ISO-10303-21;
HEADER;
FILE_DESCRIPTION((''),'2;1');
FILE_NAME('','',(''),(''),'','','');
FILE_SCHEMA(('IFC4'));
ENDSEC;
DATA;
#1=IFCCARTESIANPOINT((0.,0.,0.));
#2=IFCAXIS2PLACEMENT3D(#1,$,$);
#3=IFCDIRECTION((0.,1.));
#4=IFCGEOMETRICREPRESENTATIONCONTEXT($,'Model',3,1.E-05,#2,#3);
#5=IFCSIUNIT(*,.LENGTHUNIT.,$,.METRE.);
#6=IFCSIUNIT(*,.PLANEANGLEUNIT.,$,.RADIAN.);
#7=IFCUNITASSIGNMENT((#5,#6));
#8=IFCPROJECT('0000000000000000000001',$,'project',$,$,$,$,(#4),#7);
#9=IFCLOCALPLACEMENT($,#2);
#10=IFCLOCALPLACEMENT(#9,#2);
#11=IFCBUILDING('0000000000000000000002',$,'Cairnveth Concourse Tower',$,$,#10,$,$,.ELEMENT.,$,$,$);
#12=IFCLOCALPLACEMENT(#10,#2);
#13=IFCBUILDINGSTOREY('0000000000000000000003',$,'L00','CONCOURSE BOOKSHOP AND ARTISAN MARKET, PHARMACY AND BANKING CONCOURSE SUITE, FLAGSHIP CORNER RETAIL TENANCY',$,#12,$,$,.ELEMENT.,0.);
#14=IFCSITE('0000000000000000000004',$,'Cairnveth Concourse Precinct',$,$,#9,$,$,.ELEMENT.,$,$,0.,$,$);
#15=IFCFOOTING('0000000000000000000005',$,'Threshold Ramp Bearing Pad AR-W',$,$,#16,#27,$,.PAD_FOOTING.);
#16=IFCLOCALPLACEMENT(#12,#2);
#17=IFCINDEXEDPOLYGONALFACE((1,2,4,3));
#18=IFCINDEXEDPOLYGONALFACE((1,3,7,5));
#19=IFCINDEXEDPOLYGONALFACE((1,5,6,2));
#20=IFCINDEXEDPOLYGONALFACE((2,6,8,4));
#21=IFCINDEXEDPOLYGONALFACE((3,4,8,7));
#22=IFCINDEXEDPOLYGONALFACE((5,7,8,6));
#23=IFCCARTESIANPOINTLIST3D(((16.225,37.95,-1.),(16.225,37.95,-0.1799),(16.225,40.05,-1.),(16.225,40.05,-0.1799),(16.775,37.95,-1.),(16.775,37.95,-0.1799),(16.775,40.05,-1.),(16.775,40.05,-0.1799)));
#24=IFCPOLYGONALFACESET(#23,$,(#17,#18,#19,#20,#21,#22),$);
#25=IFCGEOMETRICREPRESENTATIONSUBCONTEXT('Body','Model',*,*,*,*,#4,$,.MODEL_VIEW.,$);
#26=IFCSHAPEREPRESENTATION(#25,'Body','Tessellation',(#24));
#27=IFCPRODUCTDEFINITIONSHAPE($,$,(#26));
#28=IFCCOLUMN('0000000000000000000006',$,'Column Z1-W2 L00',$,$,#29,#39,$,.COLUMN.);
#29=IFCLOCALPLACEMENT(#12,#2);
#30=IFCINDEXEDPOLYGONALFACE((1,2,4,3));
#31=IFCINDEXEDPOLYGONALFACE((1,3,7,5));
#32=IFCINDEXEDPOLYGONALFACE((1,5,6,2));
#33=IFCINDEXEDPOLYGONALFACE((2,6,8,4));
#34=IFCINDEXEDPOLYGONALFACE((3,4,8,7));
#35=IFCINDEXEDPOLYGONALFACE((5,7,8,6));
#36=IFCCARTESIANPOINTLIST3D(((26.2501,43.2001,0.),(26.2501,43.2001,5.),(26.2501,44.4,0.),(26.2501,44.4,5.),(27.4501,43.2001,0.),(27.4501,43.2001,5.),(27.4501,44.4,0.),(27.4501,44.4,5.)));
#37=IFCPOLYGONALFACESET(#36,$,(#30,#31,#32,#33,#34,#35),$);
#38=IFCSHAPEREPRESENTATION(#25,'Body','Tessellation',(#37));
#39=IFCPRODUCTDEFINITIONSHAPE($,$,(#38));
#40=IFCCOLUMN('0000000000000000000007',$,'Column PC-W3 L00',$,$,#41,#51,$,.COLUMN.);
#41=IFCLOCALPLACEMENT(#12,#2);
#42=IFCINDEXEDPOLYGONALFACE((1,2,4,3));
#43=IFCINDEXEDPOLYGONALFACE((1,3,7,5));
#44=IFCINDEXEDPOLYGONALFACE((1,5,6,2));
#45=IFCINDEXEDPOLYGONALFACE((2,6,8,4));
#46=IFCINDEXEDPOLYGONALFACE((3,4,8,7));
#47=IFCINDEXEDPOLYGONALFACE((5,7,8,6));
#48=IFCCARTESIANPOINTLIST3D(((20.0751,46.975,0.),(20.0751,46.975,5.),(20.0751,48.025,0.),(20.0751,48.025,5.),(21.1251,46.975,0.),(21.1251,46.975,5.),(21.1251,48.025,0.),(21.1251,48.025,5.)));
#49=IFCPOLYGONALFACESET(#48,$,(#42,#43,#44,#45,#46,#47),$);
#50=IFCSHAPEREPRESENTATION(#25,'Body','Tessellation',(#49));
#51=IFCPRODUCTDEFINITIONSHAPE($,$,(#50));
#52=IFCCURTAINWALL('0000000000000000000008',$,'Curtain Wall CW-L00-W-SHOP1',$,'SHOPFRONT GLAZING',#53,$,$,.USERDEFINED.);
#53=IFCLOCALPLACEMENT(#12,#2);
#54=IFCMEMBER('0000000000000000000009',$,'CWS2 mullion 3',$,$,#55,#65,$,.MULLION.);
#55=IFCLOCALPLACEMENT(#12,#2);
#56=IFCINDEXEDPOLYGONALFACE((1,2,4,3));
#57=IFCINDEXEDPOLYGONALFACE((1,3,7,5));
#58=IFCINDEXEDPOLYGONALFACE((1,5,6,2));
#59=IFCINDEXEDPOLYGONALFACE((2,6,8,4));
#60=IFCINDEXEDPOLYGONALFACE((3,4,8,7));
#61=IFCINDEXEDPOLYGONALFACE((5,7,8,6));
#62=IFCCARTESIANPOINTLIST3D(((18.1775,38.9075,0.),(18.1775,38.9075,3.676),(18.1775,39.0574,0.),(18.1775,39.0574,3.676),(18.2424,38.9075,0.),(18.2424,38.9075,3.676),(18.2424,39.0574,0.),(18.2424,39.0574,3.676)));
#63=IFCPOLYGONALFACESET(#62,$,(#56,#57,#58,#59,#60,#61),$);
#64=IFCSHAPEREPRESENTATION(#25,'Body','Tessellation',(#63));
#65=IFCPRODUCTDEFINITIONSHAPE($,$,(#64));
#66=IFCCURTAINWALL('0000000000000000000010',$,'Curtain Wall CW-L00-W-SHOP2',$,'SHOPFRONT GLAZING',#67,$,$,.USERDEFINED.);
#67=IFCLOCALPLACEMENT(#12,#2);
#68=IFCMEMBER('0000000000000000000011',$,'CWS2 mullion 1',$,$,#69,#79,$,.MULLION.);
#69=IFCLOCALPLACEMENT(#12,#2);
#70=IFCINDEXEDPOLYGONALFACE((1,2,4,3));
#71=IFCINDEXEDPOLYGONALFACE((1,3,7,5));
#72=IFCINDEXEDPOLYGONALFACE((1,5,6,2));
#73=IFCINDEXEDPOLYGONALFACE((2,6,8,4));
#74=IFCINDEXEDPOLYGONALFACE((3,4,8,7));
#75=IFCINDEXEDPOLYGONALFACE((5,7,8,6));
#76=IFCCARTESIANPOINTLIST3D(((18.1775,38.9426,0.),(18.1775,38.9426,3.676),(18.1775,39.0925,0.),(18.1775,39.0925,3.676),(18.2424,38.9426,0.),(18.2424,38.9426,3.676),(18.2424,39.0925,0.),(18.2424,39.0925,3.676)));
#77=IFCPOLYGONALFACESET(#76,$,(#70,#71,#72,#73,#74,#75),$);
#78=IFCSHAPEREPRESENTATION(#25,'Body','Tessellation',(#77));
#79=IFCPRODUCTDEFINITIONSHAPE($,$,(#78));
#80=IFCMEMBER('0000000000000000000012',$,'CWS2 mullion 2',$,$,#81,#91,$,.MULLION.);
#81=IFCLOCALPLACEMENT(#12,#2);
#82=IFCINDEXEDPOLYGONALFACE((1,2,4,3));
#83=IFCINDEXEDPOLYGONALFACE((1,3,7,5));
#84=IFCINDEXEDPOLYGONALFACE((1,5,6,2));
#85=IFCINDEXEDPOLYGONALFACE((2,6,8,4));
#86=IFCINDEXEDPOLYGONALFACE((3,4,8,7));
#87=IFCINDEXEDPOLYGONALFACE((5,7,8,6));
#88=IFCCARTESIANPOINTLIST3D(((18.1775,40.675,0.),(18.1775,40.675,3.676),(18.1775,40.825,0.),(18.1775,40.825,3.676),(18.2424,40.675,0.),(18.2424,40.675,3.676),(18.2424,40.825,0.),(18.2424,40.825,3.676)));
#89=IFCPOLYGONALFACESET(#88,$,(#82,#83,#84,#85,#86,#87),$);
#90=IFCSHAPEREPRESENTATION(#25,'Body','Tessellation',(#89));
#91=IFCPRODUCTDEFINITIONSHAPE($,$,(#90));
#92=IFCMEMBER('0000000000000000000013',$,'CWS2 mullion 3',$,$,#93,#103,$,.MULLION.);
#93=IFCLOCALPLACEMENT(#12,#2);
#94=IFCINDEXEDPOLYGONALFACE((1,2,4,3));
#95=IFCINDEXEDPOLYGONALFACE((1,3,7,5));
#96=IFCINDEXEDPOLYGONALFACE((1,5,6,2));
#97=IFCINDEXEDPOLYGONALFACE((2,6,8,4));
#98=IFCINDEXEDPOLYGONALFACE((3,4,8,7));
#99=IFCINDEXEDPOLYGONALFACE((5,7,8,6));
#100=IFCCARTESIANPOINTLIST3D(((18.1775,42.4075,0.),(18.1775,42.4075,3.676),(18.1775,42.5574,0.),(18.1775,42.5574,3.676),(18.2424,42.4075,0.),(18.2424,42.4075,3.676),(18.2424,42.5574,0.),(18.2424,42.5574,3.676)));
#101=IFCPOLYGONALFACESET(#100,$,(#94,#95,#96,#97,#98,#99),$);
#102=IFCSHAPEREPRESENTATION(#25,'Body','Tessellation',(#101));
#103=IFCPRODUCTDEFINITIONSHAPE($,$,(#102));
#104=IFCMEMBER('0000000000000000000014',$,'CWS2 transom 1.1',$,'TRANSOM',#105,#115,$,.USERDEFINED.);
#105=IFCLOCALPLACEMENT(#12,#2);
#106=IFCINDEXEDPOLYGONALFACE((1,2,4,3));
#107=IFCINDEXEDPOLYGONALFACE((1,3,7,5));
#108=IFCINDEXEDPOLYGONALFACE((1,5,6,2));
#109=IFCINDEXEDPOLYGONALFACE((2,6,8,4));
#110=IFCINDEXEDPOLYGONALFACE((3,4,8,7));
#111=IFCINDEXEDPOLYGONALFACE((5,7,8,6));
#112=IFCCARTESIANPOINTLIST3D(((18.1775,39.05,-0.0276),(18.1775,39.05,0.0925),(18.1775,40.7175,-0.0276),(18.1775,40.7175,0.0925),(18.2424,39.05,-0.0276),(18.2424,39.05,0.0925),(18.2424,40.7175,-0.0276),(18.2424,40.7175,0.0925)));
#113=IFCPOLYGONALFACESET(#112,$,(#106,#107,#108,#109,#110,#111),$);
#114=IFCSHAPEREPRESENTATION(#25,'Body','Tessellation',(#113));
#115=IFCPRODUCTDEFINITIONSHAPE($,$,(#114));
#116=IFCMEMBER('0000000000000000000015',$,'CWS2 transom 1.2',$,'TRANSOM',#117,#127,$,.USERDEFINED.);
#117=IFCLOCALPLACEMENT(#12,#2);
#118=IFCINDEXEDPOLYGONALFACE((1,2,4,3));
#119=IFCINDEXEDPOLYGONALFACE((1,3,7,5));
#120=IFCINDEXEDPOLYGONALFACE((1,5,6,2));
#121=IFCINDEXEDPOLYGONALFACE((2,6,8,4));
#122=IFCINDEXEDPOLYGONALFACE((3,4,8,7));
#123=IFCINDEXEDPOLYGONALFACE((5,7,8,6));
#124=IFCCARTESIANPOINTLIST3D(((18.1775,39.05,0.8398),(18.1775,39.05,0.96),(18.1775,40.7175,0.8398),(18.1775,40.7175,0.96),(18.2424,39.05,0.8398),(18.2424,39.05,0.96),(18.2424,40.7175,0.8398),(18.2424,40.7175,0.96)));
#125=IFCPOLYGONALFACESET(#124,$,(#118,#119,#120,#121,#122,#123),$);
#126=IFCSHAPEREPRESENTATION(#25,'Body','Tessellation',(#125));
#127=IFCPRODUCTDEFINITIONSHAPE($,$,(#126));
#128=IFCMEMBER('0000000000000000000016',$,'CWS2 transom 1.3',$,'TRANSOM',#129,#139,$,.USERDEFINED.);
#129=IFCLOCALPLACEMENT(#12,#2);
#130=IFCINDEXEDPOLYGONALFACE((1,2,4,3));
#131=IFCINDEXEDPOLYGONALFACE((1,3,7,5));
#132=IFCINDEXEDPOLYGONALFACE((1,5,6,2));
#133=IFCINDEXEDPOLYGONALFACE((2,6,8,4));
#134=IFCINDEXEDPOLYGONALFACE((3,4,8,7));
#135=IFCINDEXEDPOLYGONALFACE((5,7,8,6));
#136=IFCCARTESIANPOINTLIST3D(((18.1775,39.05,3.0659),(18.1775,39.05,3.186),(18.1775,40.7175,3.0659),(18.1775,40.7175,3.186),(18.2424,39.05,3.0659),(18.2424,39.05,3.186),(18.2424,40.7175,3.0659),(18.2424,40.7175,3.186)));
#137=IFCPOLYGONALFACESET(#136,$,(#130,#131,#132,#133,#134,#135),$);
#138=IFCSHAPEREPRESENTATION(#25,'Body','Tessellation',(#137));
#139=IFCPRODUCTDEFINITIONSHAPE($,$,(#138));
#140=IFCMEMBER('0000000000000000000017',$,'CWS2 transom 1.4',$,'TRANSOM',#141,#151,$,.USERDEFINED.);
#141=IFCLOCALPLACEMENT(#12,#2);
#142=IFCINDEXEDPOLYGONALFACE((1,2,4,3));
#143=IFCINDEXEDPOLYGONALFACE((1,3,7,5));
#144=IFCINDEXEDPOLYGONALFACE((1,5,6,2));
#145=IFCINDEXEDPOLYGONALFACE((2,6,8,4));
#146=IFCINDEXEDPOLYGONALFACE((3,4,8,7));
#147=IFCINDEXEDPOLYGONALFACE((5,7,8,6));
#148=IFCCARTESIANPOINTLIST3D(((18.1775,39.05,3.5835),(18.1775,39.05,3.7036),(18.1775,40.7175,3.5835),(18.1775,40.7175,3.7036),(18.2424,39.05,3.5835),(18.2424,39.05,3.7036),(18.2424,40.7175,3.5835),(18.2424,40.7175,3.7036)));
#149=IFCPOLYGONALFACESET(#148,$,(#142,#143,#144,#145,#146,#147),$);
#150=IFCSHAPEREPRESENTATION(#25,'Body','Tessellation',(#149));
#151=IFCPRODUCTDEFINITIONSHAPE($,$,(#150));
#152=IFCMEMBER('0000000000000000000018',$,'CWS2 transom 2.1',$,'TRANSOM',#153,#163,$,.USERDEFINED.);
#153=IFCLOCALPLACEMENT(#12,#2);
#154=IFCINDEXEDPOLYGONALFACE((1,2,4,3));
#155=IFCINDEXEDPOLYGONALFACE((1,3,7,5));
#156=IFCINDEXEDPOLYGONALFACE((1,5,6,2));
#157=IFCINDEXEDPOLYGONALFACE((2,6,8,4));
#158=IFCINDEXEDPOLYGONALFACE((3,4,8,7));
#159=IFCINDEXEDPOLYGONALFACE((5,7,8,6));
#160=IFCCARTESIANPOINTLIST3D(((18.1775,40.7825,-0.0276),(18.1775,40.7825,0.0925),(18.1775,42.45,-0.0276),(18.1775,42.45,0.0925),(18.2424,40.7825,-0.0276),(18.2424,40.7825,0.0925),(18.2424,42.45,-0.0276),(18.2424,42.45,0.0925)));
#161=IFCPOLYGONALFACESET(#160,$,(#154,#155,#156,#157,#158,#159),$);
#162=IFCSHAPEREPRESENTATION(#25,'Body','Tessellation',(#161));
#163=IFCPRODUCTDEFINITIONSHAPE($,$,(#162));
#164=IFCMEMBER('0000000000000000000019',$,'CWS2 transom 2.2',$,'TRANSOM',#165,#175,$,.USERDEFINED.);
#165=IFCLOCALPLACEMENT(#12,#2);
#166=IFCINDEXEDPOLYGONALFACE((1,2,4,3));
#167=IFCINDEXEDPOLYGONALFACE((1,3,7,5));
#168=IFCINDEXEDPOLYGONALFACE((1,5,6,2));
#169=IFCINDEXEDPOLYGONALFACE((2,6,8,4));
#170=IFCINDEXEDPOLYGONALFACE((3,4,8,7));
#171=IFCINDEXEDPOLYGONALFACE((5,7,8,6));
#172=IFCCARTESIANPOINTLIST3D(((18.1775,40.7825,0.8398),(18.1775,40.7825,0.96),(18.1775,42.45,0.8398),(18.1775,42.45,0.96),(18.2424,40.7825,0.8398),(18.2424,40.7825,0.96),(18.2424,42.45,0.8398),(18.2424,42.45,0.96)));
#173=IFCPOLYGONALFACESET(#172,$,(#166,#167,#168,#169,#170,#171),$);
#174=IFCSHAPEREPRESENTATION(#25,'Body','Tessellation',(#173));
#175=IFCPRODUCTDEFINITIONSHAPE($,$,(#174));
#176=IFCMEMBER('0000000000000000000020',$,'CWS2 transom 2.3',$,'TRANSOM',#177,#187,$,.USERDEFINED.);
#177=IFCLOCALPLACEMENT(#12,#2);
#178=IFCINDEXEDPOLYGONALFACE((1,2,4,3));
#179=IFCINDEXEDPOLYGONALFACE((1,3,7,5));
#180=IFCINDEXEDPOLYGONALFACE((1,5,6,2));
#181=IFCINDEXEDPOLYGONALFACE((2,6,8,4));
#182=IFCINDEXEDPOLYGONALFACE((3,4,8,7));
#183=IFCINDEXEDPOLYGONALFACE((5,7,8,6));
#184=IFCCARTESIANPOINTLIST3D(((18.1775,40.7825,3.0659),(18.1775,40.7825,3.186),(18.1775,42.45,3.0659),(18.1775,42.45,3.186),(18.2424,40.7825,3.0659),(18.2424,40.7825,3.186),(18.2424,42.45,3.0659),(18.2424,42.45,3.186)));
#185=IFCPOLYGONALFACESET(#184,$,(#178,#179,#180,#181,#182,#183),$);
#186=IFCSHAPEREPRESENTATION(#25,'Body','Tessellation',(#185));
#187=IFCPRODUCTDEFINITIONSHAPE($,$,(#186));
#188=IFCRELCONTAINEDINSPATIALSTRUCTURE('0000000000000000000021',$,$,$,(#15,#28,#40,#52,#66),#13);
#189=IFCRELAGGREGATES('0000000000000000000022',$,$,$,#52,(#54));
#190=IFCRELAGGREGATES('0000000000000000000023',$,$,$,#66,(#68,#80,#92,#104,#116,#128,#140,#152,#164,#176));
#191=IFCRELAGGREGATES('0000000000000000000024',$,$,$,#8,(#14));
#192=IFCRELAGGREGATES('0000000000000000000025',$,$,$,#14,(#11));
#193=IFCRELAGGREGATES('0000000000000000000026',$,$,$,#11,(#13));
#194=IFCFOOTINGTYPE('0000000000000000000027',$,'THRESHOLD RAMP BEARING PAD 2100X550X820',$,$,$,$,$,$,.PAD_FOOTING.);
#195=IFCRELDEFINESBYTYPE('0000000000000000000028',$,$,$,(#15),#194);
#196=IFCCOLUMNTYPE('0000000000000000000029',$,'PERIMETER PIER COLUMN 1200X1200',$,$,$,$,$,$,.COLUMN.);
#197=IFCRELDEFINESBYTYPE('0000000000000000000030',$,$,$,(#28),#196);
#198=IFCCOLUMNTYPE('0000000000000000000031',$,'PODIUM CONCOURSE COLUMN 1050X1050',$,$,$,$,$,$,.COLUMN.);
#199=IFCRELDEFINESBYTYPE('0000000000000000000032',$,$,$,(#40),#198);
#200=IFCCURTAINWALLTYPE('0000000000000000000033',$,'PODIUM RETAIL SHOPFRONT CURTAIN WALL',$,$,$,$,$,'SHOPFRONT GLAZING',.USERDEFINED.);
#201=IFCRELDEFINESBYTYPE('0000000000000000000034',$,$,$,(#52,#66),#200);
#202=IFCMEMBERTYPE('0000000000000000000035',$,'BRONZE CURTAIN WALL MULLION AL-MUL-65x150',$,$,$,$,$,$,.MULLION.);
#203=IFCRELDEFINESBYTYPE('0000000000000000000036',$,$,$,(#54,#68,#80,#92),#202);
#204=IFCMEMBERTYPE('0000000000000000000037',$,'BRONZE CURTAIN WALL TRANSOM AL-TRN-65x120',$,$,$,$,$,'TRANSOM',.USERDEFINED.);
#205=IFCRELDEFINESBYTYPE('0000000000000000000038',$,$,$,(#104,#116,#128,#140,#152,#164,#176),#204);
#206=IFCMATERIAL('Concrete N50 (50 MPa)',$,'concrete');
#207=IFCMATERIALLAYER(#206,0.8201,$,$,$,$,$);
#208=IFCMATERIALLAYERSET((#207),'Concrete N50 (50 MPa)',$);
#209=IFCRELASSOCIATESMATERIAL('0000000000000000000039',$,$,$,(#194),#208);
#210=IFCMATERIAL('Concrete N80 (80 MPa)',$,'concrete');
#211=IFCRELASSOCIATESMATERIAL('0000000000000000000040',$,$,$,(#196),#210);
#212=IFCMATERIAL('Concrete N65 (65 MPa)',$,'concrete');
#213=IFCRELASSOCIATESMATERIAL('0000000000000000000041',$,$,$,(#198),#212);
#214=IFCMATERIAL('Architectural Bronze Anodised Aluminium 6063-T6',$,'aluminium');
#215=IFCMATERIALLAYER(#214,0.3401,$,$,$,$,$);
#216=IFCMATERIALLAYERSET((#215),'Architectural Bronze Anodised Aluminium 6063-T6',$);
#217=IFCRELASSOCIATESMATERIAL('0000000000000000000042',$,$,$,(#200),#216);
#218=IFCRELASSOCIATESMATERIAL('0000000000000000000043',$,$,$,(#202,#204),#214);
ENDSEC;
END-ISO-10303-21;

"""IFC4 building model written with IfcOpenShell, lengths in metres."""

from ifc_helpers import new_model, si_unit, direction, frame, origin, origin_2d, place, context, subcontext, project, spatial, rectangle, extrude, material, layer, layer_set, material_profile, profile_set, type_object, element, aggregate, save


model = new_model("IFC4")

# Units and contexts
model_context = context("Model", 3, precision=1e-05, world=origin(), true_north=direction((0.0, 1.0)))
body_context = subcontext(model_context, "Body", "Model", "MODEL_VIEW")
ifc_project = project(units=[si_unit("LENGTHUNIT", "METRE"), si_unit("PLANEANGLEUNIT", "RADIAN")], contexts=[model_context])

# Site, building, storey
site_placement = place(None, origin())
site = spatial("IfcSite", under=ifc_project, at=site_placement, Name="Cairnveth Concourse Precinct", CompositionType="ELEMENT", RefElevation=0.0)
building_placement = place(site_placement, origin())
building = spatial("IfcBuilding", under=site, at=building_placement, Name="Cairnveth Concourse Tower", CompositionType="ELEMENT")
storey_placement = place(building_placement, origin())
storey = spatial("IfcBuildingStorey", under=building, at=storey_placement, Name="L00", Description="CONCOURSE BOOKSHOP AND ARTISAN MARKET, PHARMACY AND BANKING CONCOURSE SUITE, FLAGSHIP CORNER RETAIL TENANCY", CompositionType="ELEMENT", Elevation=0.0)

# Footing
ifc_material_1 = material(Name="Concrete N50 (50 MPa)", Category="concrete")
ifc_layer_1 = layer(ifc_material_1, 0.8201)
ifc_layer_set_1 = layer_set([ifc_layer_1], Name="Concrete N50 (50 MPa)")
footing_type = type_object("IfcFootingType", Name="THRESHOLD RAMP BEARING PAD 2100X550X820", PredefinedType="PAD_FOOTING", material=ifc_layer_set_1)
footing_placement = place(storey_placement, frame((16.5, 39.0, -1.0), z_axis=(0.0, 0.0, 1.0), x_axis=(1.0, 0.0, 0.0)))
element("IfcFooting", 1, at=footing_placement, inside=storey, type_object=footing_type, Name="Threshold Ramp Bearing Pad AR-W", PredefinedType="PAD_FOOTING", context=body_context, shape_type="SweptSolid", body=[
    extrude(rectangle(XDim=0.55, YDim=2.1001, at=origin_2d()), origin(), (0.0, 0.0, 1.0), 0.8201),
])

# Columns
ifc_material_2 = material(Name="Concrete N80 (80 MPa)", Category="concrete")
ifc_material_profile_1 = material_profile(ifc_material_2, rectangle(XDim=1.2, YDim=1.2, at=origin_2d()), Name="RC-COL-1200x1200")
ifc_profile_set_1 = profile_set([ifc_material_profile_1], Name="Concrete N80 (80 MPa)")
column_type_1 = type_object("IfcColumnType", Name="PERIMETER PIER COLUMN 1200X1200", PredefinedType="COLUMN", material=ifc_profile_set_1)
column_1_placement = place(storey_placement, frame((26.8501, 43.8, 0.0), z_axis=(0.0, 0.0, 1.0), x_axis=(1.0, 0.0, 0.0)))
element("IfcColumn", 2, at=column_1_placement, inside=storey, type_object=column_type_1, Name="Column Z1-W2 L00", PredefinedType="COLUMN", context=body_context, shape_type="SweptSolid", body=[
    extrude(rectangle(XDim=1.2, YDim=1.2, at=origin_2d()), origin(), (0.0, 0.0, 1.0), 5.0),
])
ifc_material_3 = material(Name="Concrete N65 (65 MPa)", Category="concrete")
ifc_material_profile_2 = material_profile(ifc_material_3, rectangle(XDim=1.05, YDim=1.05, at=origin_2d()), Name="RC-COL-1050x1050")
ifc_profile_set_2 = profile_set([ifc_material_profile_2], Name="Concrete N65 (65 MPa)")
column_type_2 = type_object("IfcColumnType", Name="PODIUM CONCOURSE COLUMN 1050X1050", PredefinedType="COLUMN", material=ifc_profile_set_2)
column_2_placement = place(storey_placement, frame((20.6001, 47.5, 0.0), z_axis=(0.0, 0.0, 1.0), x_axis=(1.0, 0.0, 0.0)))
element("IfcColumn", 3, at=column_2_placement, inside=storey, type_object=column_type_2, Name="Column PC-W3 L00", PredefinedType="COLUMN", context=body_context, shape_type="SweptSolid", body=[
    extrude(rectangle(XDim=1.05, YDim=1.05, at=origin_2d()), origin(), (0.0, 0.0, 1.0), 5.0),
])

# Curtain wall, member
ifc_material_4 = material(Name="Architectural Bronze Anodised Aluminium 6063-T6", Category="aluminium")
ifc_layer_2 = layer(ifc_material_4, 0.3401)
ifc_layer_set_2 = layer_set([ifc_layer_2], Name="Architectural Bronze Anodised Aluminium 6063-T6")
curtain_wall_type = type_object("IfcCurtainWallType", Name="PODIUM RETAIL SHOPFRONT CURTAIN WALL", ElementType="SHOPFRONT GLAZING", PredefinedType="USERDEFINED", material=ifc_layer_set_2)
curtain_wall_1_placement = place(storey_placement, origin())
curtain_wall_1 = element("IfcCurtainWall", 4, at=curtain_wall_1_placement, inside=storey, type_object=curtain_wall_type, Name="Curtain Wall CW-L00-W-SHOP1", ObjectType="SHOPFRONT GLAZING", PredefinedType="USERDEFINED")
ifc_material_profile_3 = material_profile(ifc_material_4, rectangle(XDim=0.0649, YDim=0.1499, at=origin_2d()), Name="AL-MUL-65x150")
ifc_profile_set_3 = profile_set([ifc_material_profile_3], Name="Architectural Bronze Anodised Aluminium 6063-T6")
member_type_1 = type_object("IfcMemberType", Name="BRONZE CURTAIN WALL MULLION AL-MUL-65x150", PredefinedType="MULLION", material=ifc_profile_set_3)
member_1_placement = place(storey_placement, frame((18.21, 38.9824, 0.0), z_axis=(0.0, 0.0, 1.0), x_axis=(-1.0, 0.0, 0.0)))
member_1 = element("IfcMember", 5, at=member_1_placement, type_object=member_type_1, Name="CWS2 mullion 3", PredefinedType="MULLION", context=body_context, shape_type="SweptSolid", body=[
    extrude(rectangle(XDim=0.0649, YDim=0.1499, at=origin_2d()), origin(), (0.0, 0.0, 1.0), 3.676),
])
aggregate(curtain_wall_1, [member_1])

# Curtain wall, members
curtain_wall_2_placement = place(storey_placement, origin())
curtain_wall_2 = element("IfcCurtainWall", 6, at=curtain_wall_2_placement, inside=storey, type_object=curtain_wall_type, Name="Curtain Wall CW-L00-W-SHOP2", ObjectType="SHOPFRONT GLAZING", PredefinedType="USERDEFINED")
member_2_placement = place(storey_placement, frame((18.21, 39.0176, 0.0), z_axis=(0.0, 0.0, 1.0), x_axis=(-1.0, 0.0, 0.0)))
member_2 = element("IfcMember", 7, at=member_2_placement, type_object=member_type_1, Name="CWS2 mullion 1", PredefinedType="MULLION", context=body_context, shape_type="SweptSolid", body=[
    extrude(rectangle(XDim=0.0649, YDim=0.1499, at=origin_2d()), origin(), (0.0, 0.0, 1.0), 3.676),
])
member_3_placement = place(storey_placement, frame((18.21, 40.75, 0.0), z_axis=(0.0, 0.0, 1.0), x_axis=(-1.0, 0.0, 0.0)))
member_3 = element("IfcMember", 8, at=member_3_placement, type_object=member_type_1, Name="CWS2 mullion 2", PredefinedType="MULLION", context=body_context, shape_type="SweptSolid", body=[
    extrude(rectangle(XDim=0.0649, YDim=0.1499, at=origin_2d()), origin(), (0.0, 0.0, 1.0), 3.676),
])
member_4_placement = place(storey_placement, frame((18.21, 42.4824, 0.0), z_axis=(0.0, 0.0, 1.0), x_axis=(-1.0, 0.0, 0.0)))
member_4 = element("IfcMember", 9, at=member_4_placement, type_object=member_type_1, Name="CWS2 mullion 3", PredefinedType="MULLION", context=body_context, shape_type="SweptSolid", body=[
    extrude(rectangle(XDim=0.0649, YDim=0.1499, at=origin_2d()), origin(), (0.0, 0.0, 1.0), 3.676),
])
ifc_material_profile_4 = material_profile(ifc_material_4, rectangle(XDim=0.0649, YDim=0.1201, at=origin_2d()), Name="AL-TRN-65x120")
ifc_profile_set_4 = profile_set([ifc_material_profile_4], Name="Architectural Bronze Anodised Aluminium 6063-T6")
member_type_2 = type_object("IfcMemberType", Name="BRONZE CURTAIN WALL TRANSOM AL-TRN-65x120", ElementType="TRANSOM", PredefinedType="USERDEFINED", material=ifc_profile_set_4)
member_5_placement = place(storey_placement, frame((18.21, 39.05, 0.0325), z_axis=(0.0, 1.0, 0.0), x_axis=(-1.0, 0.0, 0.0)))
member_5 = element("IfcMember", 10, at=member_5_placement, type_object=member_type_2, Name="CWS2 transom 1.1", ObjectType="TRANSOM", PredefinedType="USERDEFINED", context=body_context, shape_type="SweptSolid", body=[
    extrude(rectangle(XDim=0.0649, YDim=0.1201, at=origin_2d()), origin(), (0.0, 0.0, 1.0), 1.6675),
])
member_6_placement = place(storey_placement, frame((18.21, 39.05, 0.8999), z_axis=(0.0, 1.0, 0.0), x_axis=(-1.0, 0.0, 0.0)))
member_6 = element("IfcMember", 11, at=member_6_placement, type_object=member_type_2, Name="CWS2 transom 1.2", ObjectType="TRANSOM", PredefinedType="USERDEFINED", context=body_context, shape_type="SweptSolid", body=[
    extrude(rectangle(XDim=0.0649, YDim=0.1201, at=origin_2d()), origin(), (0.0, 0.0, 1.0), 1.6675),
])
member_7_placement = place(storey_placement, frame((18.21, 39.05, 3.126), z_axis=(0.0, 1.0, 0.0), x_axis=(-1.0, 0.0, 0.0)))
member_7 = element("IfcMember", 12, at=member_7_placement, type_object=member_type_2, Name="CWS2 transom 1.3", ObjectType="TRANSOM", PredefinedType="USERDEFINED", context=body_context, shape_type="SweptSolid", body=[
    extrude(rectangle(XDim=0.0649, YDim=0.1201, at=origin_2d()), origin(), (0.0, 0.0, 1.0), 1.6675),
])
member_8_placement = place(storey_placement, frame((18.21, 39.05, 3.6436), z_axis=(0.0, 1.0, 0.0), x_axis=(-1.0, 0.0, 0.0)))
member_8 = element("IfcMember", 13, at=member_8_placement, type_object=member_type_2, Name="CWS2 transom 1.4", ObjectType="TRANSOM", PredefinedType="USERDEFINED", context=body_context, shape_type="SweptSolid", body=[
    extrude(rectangle(XDim=0.0649, YDim=0.1201, at=origin_2d()), origin(), (0.0, 0.0, 1.0), 1.6675),
])
member_9_placement = place(storey_placement, frame((18.21, 40.7825, 0.0325), z_axis=(0.0, 1.0, 0.0), x_axis=(-1.0, 0.0, 0.0)))
member_9 = element("IfcMember", 14, at=member_9_placement, type_object=member_type_2, Name="CWS2 transom 2.1", ObjectType="TRANSOM", PredefinedType="USERDEFINED", context=body_context, shape_type="SweptSolid", body=[
    extrude(rectangle(XDim=0.0649, YDim=0.1201, at=origin_2d()), origin(), (0.0, 0.0, 1.0), 1.6675),
])
member_10_placement = place(storey_placement, frame((18.21, 40.7825, 0.8999), z_axis=(0.0, 1.0, 0.0), x_axis=(-1.0, 0.0, 0.0)))
member_10 = element("IfcMember", 15, at=member_10_placement, type_object=member_type_2, Name="CWS2 transom 2.2", ObjectType="TRANSOM", PredefinedType="USERDEFINED", context=body_context, shape_type="SweptSolid", body=[
    extrude(rectangle(XDim=0.0649, YDim=0.1201, at=origin_2d()), origin(), (0.0, 0.0, 1.0), 1.6675),
])
member_11_placement = place(storey_placement, frame((18.21, 40.7825, 3.126), z_axis=(0.0, 1.0, 0.0), x_axis=(-1.0, 0.0, 0.0)))
member_11 = element("IfcMember", 16, at=member_11_placement, type_object=member_type_2, Name="CWS2 transom 2.3", ObjectType="TRANSOM", PredefinedType="USERDEFINED", context=body_context, shape_type="SweptSolid", body=[
    extrude(rectangle(XDim=0.0649, YDim=0.1201, at=origin_2d()), origin(), (0.0, 0.0, 1.0), 1.6675),
])

aggregate(curtain_wall_2, [member_2, member_3, member_4, member_5, member_6, member_7, member_8, member_9, member_10, member_11])

save(model, "model.ifc")
